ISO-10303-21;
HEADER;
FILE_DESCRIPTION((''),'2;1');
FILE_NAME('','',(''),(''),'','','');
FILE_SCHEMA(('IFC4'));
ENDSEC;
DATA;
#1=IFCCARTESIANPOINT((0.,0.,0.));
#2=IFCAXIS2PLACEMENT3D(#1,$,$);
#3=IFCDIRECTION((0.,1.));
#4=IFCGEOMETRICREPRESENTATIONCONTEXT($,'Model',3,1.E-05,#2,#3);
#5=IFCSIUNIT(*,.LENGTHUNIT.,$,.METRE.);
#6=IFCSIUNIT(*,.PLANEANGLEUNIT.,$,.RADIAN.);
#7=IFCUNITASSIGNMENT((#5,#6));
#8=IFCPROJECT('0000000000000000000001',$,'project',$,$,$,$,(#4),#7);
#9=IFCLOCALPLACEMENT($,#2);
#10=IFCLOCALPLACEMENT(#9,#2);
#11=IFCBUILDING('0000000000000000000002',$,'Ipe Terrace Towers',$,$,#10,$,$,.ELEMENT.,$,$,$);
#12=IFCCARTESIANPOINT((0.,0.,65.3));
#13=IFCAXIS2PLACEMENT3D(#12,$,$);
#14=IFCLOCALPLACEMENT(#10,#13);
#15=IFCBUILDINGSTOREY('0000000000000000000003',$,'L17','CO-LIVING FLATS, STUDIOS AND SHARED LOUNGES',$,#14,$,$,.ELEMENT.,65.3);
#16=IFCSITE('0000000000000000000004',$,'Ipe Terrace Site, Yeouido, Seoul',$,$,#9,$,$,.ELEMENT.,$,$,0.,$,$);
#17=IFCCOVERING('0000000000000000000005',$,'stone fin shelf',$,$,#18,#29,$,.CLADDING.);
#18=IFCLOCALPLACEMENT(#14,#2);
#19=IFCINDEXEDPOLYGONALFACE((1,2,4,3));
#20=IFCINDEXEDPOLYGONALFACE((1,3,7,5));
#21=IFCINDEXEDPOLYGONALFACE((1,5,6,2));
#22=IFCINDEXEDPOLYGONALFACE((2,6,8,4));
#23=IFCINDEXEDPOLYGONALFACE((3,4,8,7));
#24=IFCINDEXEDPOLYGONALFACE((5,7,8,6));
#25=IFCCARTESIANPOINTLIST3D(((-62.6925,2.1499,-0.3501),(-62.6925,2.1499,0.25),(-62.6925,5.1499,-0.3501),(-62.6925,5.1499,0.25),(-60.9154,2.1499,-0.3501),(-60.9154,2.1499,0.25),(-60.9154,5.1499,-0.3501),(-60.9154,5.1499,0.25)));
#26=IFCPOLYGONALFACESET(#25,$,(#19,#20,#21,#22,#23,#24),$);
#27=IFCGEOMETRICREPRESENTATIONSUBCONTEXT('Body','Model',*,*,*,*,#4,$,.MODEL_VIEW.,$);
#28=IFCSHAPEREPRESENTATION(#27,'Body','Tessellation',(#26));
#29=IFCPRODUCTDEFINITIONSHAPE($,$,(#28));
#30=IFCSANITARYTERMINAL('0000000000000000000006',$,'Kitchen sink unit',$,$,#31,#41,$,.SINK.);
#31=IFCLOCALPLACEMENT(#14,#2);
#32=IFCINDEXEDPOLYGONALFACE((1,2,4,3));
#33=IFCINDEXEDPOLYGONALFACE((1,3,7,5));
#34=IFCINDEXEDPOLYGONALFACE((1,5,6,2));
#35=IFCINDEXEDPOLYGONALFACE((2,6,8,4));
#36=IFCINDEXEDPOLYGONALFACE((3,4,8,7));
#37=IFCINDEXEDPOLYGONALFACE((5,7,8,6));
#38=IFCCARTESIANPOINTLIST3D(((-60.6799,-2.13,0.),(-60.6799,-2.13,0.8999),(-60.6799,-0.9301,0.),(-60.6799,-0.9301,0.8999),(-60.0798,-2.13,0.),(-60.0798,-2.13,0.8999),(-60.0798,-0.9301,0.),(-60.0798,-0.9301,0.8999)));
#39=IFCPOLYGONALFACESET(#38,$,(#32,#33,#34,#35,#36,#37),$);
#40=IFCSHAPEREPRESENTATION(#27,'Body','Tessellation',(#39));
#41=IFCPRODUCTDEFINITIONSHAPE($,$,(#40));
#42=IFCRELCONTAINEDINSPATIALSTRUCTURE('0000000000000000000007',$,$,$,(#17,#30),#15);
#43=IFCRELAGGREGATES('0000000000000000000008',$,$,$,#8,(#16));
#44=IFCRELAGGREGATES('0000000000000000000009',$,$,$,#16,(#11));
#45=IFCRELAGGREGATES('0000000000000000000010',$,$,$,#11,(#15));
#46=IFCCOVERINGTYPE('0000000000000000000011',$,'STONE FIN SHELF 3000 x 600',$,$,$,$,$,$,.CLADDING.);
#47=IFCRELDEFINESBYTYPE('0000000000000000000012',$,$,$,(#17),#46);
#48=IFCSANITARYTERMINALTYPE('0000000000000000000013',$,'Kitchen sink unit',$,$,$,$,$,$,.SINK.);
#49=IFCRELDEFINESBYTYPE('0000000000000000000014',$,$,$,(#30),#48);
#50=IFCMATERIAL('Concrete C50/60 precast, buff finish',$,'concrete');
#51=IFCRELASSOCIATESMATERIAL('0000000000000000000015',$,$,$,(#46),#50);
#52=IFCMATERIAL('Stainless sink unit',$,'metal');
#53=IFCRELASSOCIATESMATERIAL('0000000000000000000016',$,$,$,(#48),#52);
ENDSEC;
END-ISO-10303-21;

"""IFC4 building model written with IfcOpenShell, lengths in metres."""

from ifc_helpers import new_model, si_unit, direction, frame, origin, origin_2d, place, context, subcontext, project, spatial, rectangle, extrude, material, type_object, element, save


model = new_model("IFC4")

# Units and contexts
model_context = context("Model", 3, precision=1e-05, world=origin(), true_north=direction((0.0, 1.0)))
body_context = subcontext(model_context, "Body", "Model", "MODEL_VIEW")
ifc_project = project(units=[si_unit("LENGTHUNIT", "METRE"), si_unit("PLANEANGLEUNIT", "RADIAN")], contexts=[model_context])

# Site, building, storey
site_placement = place(None, origin())
site = spatial("IfcSite", under=ifc_project, at=site_placement, Name="Ipe Terrace Site, Yeouido, Seoul", CompositionType="ELEMENT", RefElevation=0.0)
building_placement = place(site_placement, origin())
building = spatial("IfcBuilding", under=site, at=building_placement, Name="Ipe Terrace Towers", CompositionType="ELEMENT")
storey_placement = place(building_placement, frame((0.0, 0.0, 65.3)))
storey = spatial("IfcBuildingStorey", under=building, at=storey_placement, Name="L17", Description="CO-LIVING FLATS, STUDIOS AND SHARED LOUNGES", CompositionType="ELEMENT", Elevation=65.3)

# Covering
ifc_material_1 = material(Name="Concrete C50/60 precast, buff finish", Category="concrete")
covering_type_1 = type_object("IfcCoveringType", Name="STONE FIN SHELF 3000 x 600", PredefinedType="CLADDING", material=ifc_material_1)
for number, where, z_axis, x_axis, name in (
    (1, (-61.804, 3.6499, -0.3501), (0.0, 0.0, 1.0), (0.0, -1.0, 0.0), "stone fin shelf"),
):
    element("IfcCovering", number, at=place(storey_placement, frame(where, z_axis=z_axis, x_axis=x_axis)), inside=storey, type_object=covering_type_1, Name=name, PredefinedType="CLADDING", context=body_context, shape_type="SweptSolid", body=[
        extrude(rectangle(XDim=3.0, YDim=1.7771, at=origin_2d()), origin(), (0.0, 0.0, 1.0), 0.6001),
    ])

# Sanitary terminal
ifc_material_2 = material(Name="Stainless sink unit", Category="metal")
sanitary_terminal_type = type_object("IfcSanitaryTerminalType", Name="Kitchen sink unit", PredefinedType="SINK", material=ifc_material_2)
sanitary_terminal_placement = place(storey_placement, frame((-60.3799, -1.53, 0.0), z_axis=(0.0, 0.0, 1.0), x_axis=(0.0, 1.0, 0.0)))
element("IfcSanitaryTerminal", 2, at=sanitary_terminal_placement, inside=storey, type_object=sanitary_terminal_type, Name="Kitchen sink unit", PredefinedType="SINK", context=body_context, shape_type="SweptSolid", body=[
    extrude(rectangle(XDim=1.2, YDim=0.6001, at=origin_2d()), origin(), (0.0, 0.0, 1.0), 0.8999),
])

save(model, "model.ifc")
